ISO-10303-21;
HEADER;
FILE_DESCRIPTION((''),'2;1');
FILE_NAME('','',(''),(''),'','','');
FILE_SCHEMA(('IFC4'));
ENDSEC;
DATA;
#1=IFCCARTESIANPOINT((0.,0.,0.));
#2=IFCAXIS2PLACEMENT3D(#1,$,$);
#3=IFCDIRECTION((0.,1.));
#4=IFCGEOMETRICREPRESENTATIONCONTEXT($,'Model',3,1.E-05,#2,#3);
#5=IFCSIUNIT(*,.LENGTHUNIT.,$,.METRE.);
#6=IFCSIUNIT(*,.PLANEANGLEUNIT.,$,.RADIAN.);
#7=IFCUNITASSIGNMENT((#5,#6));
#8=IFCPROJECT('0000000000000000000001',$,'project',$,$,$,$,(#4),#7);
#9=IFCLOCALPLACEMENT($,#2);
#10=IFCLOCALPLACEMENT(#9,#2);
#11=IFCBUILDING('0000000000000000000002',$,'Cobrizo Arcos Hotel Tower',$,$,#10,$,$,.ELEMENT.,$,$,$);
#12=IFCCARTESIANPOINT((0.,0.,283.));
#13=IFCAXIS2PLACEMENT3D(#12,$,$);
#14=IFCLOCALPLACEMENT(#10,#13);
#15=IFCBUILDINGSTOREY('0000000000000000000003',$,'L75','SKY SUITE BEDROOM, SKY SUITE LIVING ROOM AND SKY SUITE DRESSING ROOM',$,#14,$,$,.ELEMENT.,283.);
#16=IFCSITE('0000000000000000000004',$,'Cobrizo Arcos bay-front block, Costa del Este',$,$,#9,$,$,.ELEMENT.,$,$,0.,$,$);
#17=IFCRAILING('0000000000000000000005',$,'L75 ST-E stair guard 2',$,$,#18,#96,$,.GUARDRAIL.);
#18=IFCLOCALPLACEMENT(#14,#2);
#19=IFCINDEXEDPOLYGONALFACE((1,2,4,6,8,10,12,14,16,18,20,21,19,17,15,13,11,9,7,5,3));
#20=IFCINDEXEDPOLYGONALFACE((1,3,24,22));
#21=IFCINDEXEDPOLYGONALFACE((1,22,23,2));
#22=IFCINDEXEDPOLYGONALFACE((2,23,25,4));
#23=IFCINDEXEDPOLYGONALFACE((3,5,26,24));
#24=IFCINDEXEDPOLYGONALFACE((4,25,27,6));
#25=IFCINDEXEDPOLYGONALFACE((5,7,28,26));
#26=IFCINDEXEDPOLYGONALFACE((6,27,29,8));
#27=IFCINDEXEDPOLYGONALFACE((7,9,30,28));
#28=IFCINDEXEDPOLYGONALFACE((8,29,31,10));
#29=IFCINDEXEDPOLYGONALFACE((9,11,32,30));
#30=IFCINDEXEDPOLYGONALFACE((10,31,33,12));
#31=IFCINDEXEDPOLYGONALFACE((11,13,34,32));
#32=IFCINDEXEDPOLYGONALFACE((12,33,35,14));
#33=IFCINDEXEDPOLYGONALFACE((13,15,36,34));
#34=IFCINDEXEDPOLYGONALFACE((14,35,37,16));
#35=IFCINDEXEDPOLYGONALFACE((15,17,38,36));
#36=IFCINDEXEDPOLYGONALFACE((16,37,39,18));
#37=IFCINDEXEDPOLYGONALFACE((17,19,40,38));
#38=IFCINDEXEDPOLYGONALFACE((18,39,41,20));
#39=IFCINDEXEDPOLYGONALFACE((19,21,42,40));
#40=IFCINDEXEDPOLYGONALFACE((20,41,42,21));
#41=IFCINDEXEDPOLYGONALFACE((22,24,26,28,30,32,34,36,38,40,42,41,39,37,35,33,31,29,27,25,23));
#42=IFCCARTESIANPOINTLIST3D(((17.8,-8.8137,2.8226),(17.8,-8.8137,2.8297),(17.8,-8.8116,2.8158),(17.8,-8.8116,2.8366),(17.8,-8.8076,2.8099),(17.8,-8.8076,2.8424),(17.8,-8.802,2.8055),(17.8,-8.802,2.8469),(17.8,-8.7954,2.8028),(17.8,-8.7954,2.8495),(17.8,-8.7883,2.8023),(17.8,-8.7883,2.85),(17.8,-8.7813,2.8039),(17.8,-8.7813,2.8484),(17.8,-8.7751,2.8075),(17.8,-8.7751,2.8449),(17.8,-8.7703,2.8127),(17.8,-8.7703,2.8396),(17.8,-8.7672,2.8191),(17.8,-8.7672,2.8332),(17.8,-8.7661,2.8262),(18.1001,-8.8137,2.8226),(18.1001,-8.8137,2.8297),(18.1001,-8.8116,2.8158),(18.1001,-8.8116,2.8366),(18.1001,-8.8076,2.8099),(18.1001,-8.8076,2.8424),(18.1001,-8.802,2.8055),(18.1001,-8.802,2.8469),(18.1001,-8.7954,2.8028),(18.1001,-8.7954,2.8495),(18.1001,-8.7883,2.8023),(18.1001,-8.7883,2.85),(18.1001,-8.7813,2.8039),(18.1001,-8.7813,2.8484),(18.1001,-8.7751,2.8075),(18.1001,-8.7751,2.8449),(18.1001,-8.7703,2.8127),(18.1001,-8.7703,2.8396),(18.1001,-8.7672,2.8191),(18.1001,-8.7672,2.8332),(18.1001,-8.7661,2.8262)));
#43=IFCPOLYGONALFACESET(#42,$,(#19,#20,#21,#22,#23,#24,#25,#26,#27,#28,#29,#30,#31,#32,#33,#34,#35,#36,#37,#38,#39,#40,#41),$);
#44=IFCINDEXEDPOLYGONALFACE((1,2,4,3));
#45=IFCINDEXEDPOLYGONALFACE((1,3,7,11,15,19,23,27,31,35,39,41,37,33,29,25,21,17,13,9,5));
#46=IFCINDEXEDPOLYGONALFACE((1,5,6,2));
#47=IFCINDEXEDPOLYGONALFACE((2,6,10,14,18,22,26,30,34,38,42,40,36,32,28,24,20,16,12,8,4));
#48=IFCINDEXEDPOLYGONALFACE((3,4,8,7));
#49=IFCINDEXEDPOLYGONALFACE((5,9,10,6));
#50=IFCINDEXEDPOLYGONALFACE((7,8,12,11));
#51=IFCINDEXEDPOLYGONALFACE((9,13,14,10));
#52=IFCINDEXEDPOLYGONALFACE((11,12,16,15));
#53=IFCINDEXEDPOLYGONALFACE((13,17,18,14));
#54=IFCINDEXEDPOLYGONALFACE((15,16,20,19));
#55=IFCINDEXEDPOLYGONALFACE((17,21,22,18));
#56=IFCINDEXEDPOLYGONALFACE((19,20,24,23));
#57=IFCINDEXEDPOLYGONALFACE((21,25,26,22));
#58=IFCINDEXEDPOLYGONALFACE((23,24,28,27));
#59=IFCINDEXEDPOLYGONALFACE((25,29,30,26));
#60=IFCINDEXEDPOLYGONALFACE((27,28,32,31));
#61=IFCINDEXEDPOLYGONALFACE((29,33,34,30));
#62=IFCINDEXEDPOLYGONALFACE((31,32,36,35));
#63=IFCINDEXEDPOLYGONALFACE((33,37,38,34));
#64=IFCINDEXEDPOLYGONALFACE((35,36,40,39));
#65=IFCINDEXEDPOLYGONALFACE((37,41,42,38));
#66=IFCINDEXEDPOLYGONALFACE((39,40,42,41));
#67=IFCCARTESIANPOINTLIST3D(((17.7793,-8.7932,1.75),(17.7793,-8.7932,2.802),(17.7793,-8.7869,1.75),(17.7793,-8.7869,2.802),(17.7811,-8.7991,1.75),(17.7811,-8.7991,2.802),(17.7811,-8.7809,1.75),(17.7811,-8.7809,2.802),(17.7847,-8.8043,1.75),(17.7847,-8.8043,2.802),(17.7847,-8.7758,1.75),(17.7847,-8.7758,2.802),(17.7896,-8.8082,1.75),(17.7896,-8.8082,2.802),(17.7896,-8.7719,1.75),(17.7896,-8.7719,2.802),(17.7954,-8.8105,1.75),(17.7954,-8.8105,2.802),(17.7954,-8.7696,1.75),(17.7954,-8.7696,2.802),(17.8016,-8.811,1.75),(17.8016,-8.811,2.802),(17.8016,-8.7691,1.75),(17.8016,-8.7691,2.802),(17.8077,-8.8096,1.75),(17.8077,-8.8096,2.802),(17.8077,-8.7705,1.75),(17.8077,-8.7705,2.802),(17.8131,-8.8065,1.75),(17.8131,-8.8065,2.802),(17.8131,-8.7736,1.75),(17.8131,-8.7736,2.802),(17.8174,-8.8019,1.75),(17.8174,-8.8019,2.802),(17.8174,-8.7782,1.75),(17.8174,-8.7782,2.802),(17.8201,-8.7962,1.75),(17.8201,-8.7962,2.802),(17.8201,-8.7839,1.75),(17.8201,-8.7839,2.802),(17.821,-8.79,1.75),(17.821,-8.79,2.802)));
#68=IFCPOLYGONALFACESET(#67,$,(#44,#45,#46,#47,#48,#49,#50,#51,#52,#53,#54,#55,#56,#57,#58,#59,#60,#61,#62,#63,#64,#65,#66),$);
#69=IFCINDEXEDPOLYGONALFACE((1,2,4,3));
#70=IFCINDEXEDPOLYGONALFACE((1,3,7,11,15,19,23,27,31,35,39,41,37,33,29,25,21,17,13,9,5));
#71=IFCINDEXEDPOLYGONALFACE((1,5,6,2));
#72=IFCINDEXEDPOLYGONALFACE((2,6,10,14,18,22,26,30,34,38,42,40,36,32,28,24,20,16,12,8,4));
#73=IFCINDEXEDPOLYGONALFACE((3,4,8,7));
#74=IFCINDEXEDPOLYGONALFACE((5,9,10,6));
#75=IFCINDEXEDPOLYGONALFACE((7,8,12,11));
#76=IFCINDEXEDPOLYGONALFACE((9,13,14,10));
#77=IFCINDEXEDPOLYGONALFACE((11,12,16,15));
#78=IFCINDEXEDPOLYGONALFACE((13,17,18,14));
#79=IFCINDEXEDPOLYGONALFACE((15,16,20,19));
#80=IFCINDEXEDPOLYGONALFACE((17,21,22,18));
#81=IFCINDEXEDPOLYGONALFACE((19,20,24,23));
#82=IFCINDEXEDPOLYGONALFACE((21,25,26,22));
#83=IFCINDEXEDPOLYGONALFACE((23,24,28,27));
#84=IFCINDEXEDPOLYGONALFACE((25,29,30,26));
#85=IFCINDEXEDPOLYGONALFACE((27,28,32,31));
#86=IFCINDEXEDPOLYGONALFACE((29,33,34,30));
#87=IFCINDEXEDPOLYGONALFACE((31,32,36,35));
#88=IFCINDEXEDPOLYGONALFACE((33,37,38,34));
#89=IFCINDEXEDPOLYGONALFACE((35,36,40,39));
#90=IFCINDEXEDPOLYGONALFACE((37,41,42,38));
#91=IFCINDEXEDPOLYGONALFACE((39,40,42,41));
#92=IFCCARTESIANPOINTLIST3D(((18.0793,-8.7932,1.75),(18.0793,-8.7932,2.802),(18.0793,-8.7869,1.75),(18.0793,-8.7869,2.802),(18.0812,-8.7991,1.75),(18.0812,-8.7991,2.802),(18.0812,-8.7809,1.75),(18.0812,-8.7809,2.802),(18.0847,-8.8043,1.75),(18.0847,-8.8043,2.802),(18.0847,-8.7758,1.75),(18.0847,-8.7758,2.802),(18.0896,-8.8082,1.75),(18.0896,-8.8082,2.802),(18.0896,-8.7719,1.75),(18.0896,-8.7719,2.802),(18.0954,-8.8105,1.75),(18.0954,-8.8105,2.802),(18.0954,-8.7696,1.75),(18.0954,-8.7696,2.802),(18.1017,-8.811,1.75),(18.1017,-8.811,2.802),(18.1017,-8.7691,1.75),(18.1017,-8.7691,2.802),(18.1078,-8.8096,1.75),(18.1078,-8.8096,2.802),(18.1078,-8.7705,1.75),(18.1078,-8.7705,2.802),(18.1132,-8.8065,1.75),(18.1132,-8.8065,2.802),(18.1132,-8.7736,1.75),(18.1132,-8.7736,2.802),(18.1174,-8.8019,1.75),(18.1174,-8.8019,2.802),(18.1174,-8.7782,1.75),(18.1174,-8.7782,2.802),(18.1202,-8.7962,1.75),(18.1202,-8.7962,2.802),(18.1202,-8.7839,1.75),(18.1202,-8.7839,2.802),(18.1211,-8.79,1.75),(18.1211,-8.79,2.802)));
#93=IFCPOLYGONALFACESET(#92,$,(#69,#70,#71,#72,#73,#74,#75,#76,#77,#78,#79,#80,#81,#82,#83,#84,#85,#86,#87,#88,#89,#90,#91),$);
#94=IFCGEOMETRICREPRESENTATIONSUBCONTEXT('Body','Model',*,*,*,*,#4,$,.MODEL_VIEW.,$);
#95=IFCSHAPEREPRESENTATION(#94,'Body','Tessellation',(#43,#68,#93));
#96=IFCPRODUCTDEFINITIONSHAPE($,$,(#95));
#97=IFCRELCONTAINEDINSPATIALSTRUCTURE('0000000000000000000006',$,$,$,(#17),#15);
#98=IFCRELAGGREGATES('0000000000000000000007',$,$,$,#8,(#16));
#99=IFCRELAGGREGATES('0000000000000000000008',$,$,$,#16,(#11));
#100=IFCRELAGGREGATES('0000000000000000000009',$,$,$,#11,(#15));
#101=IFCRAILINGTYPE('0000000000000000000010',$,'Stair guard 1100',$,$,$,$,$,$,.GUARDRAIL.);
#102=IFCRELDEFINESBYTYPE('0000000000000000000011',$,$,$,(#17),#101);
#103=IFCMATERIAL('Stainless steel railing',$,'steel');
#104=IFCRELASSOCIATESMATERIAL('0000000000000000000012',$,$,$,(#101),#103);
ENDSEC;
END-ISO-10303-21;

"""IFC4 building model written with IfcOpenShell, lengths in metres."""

from ifc_helpers import new_model, si_unit, direction, frame, origin, origin_2d, place, context, subcontext, project, spatial, circle, extrude, material, type_object, element, save


model = new_model("IFC4")

# Units and contexts
model_context = context("Model", 3, precision=1e-05, world=origin(), true_north=direction((0.0, 1.0)))
body_context = subcontext(model_context, "Body", "Model", "MODEL_VIEW")
ifc_project = project(units=[si_unit("LENGTHUNIT", "METRE"), si_unit("PLANEANGLEUNIT", "RADIAN")], contexts=[model_context])

# Site, building, storey
site_placement = place(None, origin())
site = spatial("IfcSite", under=ifc_project, at=site_placement, Name="Cobrizo Arcos bay-front block, Costa del Este", CompositionType="ELEMENT", RefElevation=0.0)
building_placement = place(site_placement, origin())
building = spatial("IfcBuilding", under=site, at=building_placement, Name="Cobrizo Arcos Hotel Tower", CompositionType="ELEMENT")
storey_placement = place(building_placement, frame((0.0, 0.0, 283.0)))
storey = spatial("IfcBuildingStorey", under=building, at=storey_placement, Name="L75", Description="SKY SUITE BEDROOM, SKY SUITE LIVING ROOM AND SKY SUITE DRESSING ROOM", CompositionType="ELEMENT", Elevation=283.0)

# Railing
ifc_material_1 = material(Name="Stainless steel railing", Category="steel")
railing_type_1 = type_object("IfcRailingType", Name="Stair guard 1100", PredefinedType="GUARDRAIL", material=ifc_material_1)
railing_1_placement = place(storey_placement, frame((17.8, -8.79, 1.75)))
element("IfcRailing", 1, at=railing_1_placement, inside=storey, type_object=railing_type_1, Name="L75 ST-E stair guard 2", PredefinedType="GUARDRAIL", context=body_context, shape_type="SweptSolid", body=[
    extrude(circle(Radius=0.0239, at=origin_2d()), frame((0.0, 0.0, 1.0762), z_axis=(1.0, 0.0, 0.0), x_axis=(0.0, 1.0, 0.0)), (0.0, 0.0, 1.0), 0.3),
    extrude(circle(Radius=0.021, at=origin_2d()), origin(), (0.0, 0.0, 1.0), 1.052),
    extrude(circle(Radius=0.021, at=origin_2d()), frame((0.3, 0.0, 0.0)), (0.0, 0.0, 1.0), 1.052),
])

save(model, "model.ifc")
